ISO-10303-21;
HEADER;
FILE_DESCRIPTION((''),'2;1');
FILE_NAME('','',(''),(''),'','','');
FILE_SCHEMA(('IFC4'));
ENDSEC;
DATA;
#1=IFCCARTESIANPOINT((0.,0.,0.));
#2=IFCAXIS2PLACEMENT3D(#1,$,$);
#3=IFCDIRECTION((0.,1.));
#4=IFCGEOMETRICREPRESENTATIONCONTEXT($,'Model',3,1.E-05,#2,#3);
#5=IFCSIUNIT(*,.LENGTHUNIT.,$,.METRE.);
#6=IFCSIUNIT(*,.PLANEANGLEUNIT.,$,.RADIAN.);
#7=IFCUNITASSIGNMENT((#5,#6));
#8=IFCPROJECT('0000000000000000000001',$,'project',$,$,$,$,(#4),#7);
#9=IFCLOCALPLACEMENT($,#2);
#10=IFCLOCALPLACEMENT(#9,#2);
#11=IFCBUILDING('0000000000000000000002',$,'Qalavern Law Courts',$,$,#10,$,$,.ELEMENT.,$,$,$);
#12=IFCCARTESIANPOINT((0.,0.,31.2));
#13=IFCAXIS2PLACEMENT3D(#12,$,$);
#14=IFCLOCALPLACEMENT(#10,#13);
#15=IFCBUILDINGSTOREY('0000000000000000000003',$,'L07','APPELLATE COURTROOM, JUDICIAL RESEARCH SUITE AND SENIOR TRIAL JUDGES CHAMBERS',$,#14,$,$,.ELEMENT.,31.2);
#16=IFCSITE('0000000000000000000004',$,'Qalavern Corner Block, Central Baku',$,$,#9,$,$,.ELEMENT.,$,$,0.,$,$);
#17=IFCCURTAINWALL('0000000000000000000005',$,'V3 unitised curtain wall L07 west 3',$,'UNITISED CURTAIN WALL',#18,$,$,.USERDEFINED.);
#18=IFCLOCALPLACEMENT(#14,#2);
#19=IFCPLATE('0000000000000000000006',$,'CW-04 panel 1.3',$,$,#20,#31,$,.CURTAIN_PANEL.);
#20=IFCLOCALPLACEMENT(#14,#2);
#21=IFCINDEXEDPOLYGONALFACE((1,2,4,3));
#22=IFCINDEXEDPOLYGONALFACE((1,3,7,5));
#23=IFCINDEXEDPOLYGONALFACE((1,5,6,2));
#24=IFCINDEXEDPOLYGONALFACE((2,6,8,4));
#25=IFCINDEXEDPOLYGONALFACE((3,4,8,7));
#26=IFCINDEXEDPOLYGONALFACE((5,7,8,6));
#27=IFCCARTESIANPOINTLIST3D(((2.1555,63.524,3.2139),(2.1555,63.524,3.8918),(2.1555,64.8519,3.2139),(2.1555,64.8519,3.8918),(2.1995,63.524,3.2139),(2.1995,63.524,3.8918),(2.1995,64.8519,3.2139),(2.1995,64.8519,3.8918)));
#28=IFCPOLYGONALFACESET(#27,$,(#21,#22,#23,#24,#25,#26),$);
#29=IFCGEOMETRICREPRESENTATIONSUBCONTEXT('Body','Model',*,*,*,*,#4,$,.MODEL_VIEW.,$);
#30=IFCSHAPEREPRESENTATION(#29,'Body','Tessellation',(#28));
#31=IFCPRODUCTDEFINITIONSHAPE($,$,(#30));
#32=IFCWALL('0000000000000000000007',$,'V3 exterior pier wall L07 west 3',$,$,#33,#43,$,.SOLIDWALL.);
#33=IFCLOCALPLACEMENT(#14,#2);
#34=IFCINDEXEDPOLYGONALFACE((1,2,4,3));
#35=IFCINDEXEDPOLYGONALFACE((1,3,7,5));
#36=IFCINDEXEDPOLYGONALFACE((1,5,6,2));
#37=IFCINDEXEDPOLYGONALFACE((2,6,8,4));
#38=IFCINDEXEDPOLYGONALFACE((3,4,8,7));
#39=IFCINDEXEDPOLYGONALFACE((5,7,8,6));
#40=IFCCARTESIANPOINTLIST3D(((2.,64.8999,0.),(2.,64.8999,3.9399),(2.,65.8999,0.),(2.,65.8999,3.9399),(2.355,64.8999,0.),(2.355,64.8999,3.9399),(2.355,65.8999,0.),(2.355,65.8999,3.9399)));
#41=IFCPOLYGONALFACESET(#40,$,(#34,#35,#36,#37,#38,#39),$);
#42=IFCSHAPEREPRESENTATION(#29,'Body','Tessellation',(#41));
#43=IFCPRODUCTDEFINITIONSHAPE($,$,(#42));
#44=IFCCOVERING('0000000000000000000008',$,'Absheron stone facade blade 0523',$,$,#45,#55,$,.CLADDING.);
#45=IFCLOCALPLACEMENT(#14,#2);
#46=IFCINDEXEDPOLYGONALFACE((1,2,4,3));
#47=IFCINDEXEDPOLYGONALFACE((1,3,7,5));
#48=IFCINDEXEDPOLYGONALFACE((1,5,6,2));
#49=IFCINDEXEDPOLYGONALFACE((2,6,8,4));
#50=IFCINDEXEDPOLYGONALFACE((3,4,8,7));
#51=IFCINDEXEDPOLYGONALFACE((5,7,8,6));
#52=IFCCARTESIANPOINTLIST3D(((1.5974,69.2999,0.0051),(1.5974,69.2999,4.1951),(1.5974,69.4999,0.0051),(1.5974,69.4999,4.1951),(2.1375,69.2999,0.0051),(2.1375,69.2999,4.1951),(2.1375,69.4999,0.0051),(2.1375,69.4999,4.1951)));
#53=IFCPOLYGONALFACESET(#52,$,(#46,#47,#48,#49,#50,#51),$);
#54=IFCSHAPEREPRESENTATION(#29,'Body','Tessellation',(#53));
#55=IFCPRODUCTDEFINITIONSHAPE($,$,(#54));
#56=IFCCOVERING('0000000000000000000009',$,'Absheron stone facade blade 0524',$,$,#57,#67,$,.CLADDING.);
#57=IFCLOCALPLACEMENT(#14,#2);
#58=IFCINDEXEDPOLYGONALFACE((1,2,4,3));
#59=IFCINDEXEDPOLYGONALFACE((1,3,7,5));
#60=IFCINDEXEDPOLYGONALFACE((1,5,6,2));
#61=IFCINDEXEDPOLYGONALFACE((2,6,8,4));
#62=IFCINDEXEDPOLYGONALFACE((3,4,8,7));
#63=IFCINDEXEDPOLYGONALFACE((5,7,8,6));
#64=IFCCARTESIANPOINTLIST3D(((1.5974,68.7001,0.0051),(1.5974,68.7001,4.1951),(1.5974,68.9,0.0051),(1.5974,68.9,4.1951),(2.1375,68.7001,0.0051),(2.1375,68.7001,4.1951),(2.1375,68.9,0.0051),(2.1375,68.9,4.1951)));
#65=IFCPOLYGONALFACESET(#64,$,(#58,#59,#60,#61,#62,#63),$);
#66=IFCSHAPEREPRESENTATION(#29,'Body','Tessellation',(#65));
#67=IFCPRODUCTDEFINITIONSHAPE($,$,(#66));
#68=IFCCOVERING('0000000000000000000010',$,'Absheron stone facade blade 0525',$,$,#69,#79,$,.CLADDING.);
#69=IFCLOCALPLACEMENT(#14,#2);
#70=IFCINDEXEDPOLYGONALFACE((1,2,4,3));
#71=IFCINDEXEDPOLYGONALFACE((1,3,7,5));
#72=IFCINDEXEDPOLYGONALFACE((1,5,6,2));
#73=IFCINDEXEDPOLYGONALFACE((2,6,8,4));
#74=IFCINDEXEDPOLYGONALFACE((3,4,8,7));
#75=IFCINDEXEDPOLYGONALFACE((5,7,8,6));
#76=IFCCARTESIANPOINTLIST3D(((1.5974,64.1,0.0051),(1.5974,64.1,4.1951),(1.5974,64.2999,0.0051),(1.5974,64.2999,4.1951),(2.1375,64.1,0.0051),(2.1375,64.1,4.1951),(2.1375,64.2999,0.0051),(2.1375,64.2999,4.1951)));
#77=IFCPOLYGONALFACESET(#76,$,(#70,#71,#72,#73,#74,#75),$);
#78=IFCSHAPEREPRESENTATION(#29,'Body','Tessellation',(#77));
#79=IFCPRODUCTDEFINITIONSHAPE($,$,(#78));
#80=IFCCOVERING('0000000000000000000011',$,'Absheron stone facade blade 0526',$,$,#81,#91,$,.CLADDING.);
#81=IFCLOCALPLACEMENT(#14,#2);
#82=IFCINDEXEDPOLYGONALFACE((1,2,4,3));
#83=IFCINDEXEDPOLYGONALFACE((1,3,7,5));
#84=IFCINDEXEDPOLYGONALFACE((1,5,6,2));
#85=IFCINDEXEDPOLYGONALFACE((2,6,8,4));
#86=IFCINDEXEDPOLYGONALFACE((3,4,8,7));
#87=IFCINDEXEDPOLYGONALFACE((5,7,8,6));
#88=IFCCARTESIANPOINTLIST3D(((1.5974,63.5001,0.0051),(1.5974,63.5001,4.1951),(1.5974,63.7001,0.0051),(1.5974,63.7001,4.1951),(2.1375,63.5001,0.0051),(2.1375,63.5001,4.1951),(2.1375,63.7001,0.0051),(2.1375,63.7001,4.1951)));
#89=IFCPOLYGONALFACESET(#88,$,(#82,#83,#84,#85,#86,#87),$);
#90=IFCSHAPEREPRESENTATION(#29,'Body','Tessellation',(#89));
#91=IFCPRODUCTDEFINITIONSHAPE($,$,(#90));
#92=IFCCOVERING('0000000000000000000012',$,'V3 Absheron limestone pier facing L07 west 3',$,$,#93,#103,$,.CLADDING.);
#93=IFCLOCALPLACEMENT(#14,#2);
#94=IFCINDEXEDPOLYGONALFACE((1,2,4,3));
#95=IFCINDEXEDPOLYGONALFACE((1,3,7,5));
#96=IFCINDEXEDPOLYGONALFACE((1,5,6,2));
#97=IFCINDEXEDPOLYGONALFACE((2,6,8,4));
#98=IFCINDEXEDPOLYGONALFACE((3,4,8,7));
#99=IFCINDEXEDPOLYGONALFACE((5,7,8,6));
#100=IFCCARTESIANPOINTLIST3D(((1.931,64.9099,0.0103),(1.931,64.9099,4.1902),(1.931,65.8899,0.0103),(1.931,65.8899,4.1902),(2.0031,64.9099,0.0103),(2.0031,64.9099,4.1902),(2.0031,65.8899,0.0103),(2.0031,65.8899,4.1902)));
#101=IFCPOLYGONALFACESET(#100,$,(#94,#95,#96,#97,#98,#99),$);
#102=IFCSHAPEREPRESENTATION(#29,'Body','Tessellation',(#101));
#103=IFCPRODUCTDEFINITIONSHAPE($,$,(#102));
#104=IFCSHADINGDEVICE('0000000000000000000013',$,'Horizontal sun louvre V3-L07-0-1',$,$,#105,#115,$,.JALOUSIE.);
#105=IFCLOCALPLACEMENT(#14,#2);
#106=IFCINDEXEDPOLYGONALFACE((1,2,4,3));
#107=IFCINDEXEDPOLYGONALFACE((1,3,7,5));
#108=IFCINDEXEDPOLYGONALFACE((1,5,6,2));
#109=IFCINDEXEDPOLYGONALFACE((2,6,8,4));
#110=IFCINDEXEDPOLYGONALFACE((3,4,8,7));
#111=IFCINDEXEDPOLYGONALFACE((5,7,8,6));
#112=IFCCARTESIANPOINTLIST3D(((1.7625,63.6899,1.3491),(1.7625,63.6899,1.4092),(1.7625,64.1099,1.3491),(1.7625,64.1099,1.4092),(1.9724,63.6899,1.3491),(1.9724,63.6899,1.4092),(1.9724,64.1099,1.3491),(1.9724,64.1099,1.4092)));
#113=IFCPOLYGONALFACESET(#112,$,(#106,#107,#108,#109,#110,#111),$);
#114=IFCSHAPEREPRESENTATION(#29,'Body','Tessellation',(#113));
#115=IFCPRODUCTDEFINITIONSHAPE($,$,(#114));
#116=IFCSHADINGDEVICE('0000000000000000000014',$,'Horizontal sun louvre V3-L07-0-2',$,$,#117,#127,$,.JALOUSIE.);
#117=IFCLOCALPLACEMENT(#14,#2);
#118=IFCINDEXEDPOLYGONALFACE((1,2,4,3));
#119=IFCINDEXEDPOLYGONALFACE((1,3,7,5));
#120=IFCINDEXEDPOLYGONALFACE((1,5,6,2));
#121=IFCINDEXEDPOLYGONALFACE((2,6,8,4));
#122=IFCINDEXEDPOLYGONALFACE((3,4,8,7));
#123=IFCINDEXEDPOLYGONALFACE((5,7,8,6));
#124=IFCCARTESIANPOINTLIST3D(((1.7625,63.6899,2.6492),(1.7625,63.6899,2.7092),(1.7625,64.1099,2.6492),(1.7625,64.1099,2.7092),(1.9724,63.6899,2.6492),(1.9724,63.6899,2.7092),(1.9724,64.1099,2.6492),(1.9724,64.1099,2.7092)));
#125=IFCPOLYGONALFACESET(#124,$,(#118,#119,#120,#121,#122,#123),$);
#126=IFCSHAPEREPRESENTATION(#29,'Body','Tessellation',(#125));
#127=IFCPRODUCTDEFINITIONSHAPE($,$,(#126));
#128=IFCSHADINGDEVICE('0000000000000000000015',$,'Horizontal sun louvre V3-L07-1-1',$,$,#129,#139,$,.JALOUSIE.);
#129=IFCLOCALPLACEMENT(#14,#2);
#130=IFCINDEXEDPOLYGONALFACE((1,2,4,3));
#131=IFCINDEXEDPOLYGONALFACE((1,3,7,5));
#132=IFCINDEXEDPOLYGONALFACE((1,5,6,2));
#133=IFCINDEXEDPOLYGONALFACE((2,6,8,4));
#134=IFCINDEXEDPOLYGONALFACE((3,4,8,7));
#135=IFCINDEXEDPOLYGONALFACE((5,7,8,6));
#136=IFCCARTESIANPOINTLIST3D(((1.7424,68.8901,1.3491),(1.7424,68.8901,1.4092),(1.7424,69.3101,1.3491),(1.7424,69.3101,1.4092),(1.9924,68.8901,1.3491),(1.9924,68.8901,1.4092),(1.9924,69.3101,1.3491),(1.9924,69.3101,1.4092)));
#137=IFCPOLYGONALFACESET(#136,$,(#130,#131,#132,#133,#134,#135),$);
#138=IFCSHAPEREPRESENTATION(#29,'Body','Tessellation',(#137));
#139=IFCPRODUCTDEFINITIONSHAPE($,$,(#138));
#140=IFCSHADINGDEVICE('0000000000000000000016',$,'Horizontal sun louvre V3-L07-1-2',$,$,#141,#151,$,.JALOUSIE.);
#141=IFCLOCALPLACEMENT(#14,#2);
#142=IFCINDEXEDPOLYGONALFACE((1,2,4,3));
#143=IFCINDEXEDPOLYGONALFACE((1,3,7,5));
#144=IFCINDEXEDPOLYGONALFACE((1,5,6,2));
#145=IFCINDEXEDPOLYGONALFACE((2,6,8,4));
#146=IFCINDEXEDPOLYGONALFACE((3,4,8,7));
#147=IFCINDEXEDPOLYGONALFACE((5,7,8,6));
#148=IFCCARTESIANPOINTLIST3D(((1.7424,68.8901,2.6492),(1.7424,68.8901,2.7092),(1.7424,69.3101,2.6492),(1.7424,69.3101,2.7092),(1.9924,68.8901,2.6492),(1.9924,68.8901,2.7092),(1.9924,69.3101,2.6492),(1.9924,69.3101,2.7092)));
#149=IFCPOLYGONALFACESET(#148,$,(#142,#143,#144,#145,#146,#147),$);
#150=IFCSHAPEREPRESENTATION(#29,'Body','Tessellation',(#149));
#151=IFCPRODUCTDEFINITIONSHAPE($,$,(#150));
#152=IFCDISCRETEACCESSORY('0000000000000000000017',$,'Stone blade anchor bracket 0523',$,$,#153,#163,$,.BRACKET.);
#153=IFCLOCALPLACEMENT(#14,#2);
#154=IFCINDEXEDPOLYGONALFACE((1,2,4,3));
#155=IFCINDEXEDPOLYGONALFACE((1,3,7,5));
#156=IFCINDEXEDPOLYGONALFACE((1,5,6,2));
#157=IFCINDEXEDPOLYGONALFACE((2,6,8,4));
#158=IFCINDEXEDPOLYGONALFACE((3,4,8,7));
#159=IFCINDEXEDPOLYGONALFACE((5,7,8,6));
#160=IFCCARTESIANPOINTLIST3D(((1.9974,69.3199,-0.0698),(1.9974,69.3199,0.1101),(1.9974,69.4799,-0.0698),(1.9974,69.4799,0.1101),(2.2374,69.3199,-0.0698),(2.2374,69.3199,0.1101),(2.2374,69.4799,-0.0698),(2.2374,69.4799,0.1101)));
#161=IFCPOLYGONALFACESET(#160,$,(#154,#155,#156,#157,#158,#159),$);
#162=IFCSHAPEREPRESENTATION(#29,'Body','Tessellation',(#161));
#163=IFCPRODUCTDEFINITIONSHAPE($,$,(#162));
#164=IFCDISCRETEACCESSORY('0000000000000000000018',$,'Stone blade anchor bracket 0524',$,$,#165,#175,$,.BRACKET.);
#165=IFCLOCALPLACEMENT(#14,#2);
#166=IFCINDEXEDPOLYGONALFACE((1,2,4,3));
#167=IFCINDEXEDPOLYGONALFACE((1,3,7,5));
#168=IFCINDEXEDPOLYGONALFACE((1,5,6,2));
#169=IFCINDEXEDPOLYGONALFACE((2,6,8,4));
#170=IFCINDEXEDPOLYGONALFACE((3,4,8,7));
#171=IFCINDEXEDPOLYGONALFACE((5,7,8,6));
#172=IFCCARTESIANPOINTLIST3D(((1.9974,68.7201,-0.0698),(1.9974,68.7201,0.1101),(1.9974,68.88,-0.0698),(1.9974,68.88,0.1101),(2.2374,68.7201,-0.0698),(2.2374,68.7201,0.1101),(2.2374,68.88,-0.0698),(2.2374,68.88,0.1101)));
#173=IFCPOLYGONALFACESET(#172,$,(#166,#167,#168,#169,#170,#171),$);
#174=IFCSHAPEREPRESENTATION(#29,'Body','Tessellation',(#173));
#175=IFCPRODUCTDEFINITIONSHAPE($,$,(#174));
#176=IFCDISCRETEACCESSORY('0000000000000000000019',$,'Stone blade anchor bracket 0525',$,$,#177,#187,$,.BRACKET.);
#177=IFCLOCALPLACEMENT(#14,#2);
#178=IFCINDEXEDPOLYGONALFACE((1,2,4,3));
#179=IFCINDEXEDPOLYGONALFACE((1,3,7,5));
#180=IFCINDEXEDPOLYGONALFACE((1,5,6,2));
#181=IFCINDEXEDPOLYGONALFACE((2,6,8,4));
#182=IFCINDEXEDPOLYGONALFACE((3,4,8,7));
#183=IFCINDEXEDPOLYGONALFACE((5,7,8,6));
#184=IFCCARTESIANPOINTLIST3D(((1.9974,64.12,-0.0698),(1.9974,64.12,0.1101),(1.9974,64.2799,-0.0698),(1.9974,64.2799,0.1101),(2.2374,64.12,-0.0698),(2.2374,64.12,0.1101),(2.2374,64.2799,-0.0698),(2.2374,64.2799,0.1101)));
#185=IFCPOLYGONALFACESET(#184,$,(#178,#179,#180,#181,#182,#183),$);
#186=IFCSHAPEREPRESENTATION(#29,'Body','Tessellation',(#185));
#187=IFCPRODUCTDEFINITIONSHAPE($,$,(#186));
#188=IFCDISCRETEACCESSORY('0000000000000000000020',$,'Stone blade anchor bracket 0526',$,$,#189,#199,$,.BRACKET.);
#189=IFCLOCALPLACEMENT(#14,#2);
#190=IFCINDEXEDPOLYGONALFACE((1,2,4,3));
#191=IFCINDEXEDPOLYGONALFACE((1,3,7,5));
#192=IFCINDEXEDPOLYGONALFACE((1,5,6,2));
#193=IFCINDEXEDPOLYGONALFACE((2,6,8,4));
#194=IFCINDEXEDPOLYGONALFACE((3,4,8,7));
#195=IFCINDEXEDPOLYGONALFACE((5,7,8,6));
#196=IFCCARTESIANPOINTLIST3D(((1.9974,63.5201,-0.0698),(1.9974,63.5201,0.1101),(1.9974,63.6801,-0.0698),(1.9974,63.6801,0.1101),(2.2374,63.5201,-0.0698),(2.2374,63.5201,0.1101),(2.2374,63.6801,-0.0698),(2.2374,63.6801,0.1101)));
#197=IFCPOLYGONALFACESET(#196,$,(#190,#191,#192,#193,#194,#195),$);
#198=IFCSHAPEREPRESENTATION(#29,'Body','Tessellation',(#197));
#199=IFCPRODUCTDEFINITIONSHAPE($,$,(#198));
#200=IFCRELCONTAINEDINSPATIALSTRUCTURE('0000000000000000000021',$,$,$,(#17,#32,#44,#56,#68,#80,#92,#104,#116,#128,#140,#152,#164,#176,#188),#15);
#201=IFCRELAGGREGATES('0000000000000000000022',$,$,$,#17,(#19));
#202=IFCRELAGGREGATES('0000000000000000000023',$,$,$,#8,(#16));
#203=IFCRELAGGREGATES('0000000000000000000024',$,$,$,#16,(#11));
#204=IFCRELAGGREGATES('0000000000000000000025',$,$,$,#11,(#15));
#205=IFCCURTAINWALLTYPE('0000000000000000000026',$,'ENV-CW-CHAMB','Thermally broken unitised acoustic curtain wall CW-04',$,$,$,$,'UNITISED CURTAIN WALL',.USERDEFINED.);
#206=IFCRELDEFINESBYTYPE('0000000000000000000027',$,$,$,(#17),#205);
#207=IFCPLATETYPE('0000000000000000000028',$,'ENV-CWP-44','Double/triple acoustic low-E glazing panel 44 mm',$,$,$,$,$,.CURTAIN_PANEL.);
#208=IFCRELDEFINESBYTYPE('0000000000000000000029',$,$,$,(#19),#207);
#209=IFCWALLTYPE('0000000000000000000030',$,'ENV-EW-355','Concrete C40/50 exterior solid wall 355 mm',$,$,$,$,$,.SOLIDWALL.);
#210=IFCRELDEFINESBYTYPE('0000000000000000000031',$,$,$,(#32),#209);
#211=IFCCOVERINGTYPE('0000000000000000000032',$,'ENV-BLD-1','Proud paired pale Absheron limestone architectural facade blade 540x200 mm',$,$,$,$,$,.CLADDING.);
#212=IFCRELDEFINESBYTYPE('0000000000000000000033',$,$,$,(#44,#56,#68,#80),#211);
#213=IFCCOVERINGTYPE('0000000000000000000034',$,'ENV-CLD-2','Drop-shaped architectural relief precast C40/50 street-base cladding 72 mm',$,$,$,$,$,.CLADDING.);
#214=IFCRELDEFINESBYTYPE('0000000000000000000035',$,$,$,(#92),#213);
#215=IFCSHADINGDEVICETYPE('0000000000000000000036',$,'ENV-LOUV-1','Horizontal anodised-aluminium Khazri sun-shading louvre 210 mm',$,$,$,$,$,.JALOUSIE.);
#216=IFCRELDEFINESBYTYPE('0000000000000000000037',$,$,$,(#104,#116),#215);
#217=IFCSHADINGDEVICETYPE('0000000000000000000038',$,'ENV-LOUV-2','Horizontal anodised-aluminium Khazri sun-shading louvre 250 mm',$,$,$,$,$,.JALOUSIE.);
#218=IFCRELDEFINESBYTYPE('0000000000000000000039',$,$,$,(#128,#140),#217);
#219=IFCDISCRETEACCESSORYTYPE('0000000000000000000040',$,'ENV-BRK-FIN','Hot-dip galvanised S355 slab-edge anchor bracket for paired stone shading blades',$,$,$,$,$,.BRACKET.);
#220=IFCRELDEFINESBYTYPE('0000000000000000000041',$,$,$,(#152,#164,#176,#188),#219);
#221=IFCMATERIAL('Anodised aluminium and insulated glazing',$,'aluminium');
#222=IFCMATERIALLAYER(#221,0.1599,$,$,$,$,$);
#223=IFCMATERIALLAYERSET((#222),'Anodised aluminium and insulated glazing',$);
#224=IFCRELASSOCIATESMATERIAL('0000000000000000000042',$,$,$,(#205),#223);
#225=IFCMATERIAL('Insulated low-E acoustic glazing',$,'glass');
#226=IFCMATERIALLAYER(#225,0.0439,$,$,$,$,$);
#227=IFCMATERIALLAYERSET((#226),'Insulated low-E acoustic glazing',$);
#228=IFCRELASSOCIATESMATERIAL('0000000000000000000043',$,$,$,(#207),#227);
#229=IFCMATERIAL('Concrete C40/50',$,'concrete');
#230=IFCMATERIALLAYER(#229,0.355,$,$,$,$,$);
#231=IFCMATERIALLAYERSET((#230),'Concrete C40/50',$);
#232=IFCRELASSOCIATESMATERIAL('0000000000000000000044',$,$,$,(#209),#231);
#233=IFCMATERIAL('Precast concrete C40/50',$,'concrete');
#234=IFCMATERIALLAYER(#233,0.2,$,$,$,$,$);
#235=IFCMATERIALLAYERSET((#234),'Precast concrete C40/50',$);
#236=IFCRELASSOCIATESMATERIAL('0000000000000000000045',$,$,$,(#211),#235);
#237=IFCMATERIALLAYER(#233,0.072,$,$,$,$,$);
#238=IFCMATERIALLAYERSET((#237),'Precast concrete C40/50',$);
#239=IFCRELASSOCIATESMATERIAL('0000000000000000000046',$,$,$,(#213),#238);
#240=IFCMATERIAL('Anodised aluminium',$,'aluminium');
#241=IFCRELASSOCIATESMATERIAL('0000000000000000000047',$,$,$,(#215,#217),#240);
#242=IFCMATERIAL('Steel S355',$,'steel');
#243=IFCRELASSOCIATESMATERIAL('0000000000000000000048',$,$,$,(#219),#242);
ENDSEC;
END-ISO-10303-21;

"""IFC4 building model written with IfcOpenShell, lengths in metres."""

from ifc_helpers import new_model, si_unit, direction, frame, frame_2d, origin, origin_2d, place, context, subcontext, project, spatial, rectangle, extrude, material, layer, layer_set, type_object, element, aggregate, save


model = new_model("IFC4")

# Units and contexts
model_context = context("Model", 3, precision=1e-05, world=origin(), true_north=direction((0.0, 1.0)))
body_context = subcontext(model_context, "Body", "Model", "MODEL_VIEW")
ifc_project = project(units=[si_unit("LENGTHUNIT", "METRE"), si_unit("PLANEANGLEUNIT", "RADIAN")], contexts=[model_context])

# Site, building, storey
site_placement = place(None, origin())
site = spatial("IfcSite", under=ifc_project, at=site_placement, Name="Qalavern Corner Block, Central Baku", CompositionType="ELEMENT", RefElevation=0.0)
building_placement = place(site_placement, origin())
building = spatial("IfcBuilding", under=site, at=building_placement, Name="Qalavern Law Courts", CompositionType="ELEMENT")
storey_placement = place(building_placement, frame((0.0, 0.0, 31.2)))
storey = spatial("IfcBuildingStorey", under=building, at=storey_placement, Name="L07", Description="APPELLATE COURTROOM, JUDICIAL RESEARCH SUITE AND SENIOR TRIAL JUDGES CHAMBERS", CompositionType="ELEMENT", Elevation=31.2)

# Shared definitions
ifc_material_1 = material(Name="Anodised aluminium and insulated glazing", Category="aluminium")
ifc_layer_1 = layer(ifc_material_1, 0.1599)
ifc_layer_set_1 = layer_set([ifc_layer_1], Name="Anodised aluminium and insulated glazing")
curtain_wall_type = type_object("IfcCurtainWallType", Name="ENV-CW-CHAMB", Description="Thermally broken unitised acoustic curtain wall CW-04", ElementType="UNITISED CURTAIN WALL", PredefinedType="USERDEFINED", material=ifc_layer_set_1)
ifc_material_2 = material(Name="Anodised aluminium", Category="aluminium")

# Curtain wall
curtain_wall_1_placement = place(storey_placement, origin())
curtain_wall_1 = element("IfcCurtainWall", 1, at=curtain_wall_1_placement, inside=storey, type_object=curtain_wall_type, Name="V3 unitised curtain wall L07 west 3", ObjectType="UNITISED CURTAIN WALL", PredefinedType="USERDEFINED")

# Plate
ifc_material_3 = material(Name="Insulated low-E acoustic glazing", Category="glass")
ifc_layer_2 = layer(ifc_material_3, 0.0439)
ifc_layer_set_2 = layer_set([ifc_layer_2], Name="Insulated low-E acoustic glazing")
plate_type_1 = type_object("IfcPlateType", Name="ENV-CWP-44", Description="Double/triple acoustic low-E glazing panel 44 mm", PredefinedType="CURTAIN_PANEL", material=ifc_layer_set_2)
plate_1_placement = place(storey_placement, frame((2.1775, 64.188, 3.2139), z_axis=(0.0, 0.0, 1.0), x_axis=(0.0, -1.0, 0.0)))
plate_1 = element("IfcPlate", 2, at=plate_1_placement, type_object=plate_type_1, Name="CW-04 panel 1.3", PredefinedType="CURTAIN_PANEL", context=body_context, shape_type="SweptSolid", body=[
    extrude(rectangle(XDim=1.3279, YDim=0.0439, at=origin_2d()), origin(), (0.0, 0.0, 1.0), 0.678),
])
aggregate(curtain_wall_1, [plate_1])

# Wall
ifc_material_4 = material(Name="Concrete C40/50", Category="concrete")
ifc_layer_3 = layer(ifc_material_4, 0.355)
ifc_layer_set_3 = layer_set([ifc_layer_3], Name="Concrete C40/50")
wall_type = type_object("IfcWallType", Name="ENV-EW-355", Description="Concrete C40/50 exterior solid wall 355 mm", PredefinedType="SOLIDWALL", material=ifc_layer_set_3)
wall_placement = place(storey_placement, frame((2.1775, 65.8999, 0.0), z_axis=(0.0, 0.0, 1.0), x_axis=(0.0, -1.0, 0.0)))
element("IfcWall", 3, at=wall_placement, inside=storey, type_object=wall_type, Name="V3 exterior pier wall L07 west 3", PredefinedType="SOLIDWALL", context=body_context, shape_type="SweptSolid", body=[
    extrude(rectangle(XDim=1.0, YDim=0.355, at=frame_2d((0.5, 0.0))), origin(), (0.0, 0.0, 1.0), 3.9399),
])

# Coverings
ifc_material_5 = material(Name="Precast concrete C40/50", Category="concrete")
ifc_layer_4 = layer(ifc_material_5, 0.2)
ifc_layer_set_4 = layer_set([ifc_layer_4], Name="Precast concrete C40/50")
covering_type_1 = type_object("IfcCoveringType", Name="ENV-BLD-1", Description="Proud paired pale Absheron limestone architectural facade blade 540x200 mm", PredefinedType="CLADDING", material=ifc_layer_set_4)
for number, where, z_axis, x_axis, name in (
    (4, (1.8674, 69.3999, 0.0051), (0.0, 0.0, 1.0), (-1.0, 0.0, 0.0), "Absheron stone facade blade 0523"),
    (5, (1.8674, 68.8, 0.0051), (0.0, 0.0, 1.0), (-1.0, 0.0, 0.0), "Absheron stone facade blade 0524"),
    (6, (1.8674, 64.2, 0.0051), (0.0, 0.0, 1.0), (-1.0, 0.0, 0.0), "Absheron stone facade blade 0525"),
    (7, (1.8674, 63.6001, 0.0051), (0.0, 0.0, 1.0), (-1.0, 0.0, 0.0), "Absheron stone facade blade 0526"),
):
    element("IfcCovering", number, at=place(storey_placement, frame(where, z_axis=z_axis, x_axis=x_axis)), inside=storey, type_object=covering_type_1, Name=name, PredefinedType="CLADDING", context=body_context, shape_type="SweptSolid", body=[
        extrude(rectangle(XDim=0.54, YDim=0.2, at=origin_2d()), origin(), (0.0, 0.0, 1.0), 4.1899),
    ])
ifc_layer_5 = layer(ifc_material_5, 0.072)
ifc_layer_set_5 = layer_set([ifc_layer_5], Name="Precast concrete C40/50")
covering_type_2 = type_object("IfcCoveringType", Name="ENV-CLD-2", Description="Drop-shaped architectural relief precast C40/50 street-base cladding 72 mm", PredefinedType="CLADDING", material=ifc_layer_set_5)
covering_placement = place(storey_placement, frame((1.967, 65.3999, 0.0103), z_axis=(0.0, 0.0, 1.0), x_axis=(0.0, -1.0, 0.0)))
element("IfcCovering", 8, at=covering_placement, inside=storey, type_object=covering_type_2, Name="V3 Absheron limestone pier facing L07 west 3", PredefinedType="CLADDING", context=body_context, shape_type="SweptSolid", body=[
    extrude(rectangle(XDim=0.98, YDim=0.072, at=origin_2d()), origin(), (0.0, 0.0, 1.0), 4.1799),
])

# Shading devices
shading_device_type_1 = type_object("IfcShadingDeviceType", Name="ENV-LOUV-1", Description="Horizontal anodised-aluminium Khazri sun-shading louvre 210 mm", PredefinedType="JALOUSIE", material=ifc_material_2)
for number, where, z_axis, x_axis, name in (
    (9, (1.8674, 63.8999, 1.3491), (0.0, 0.0, 1.0), (0.0, -1.0, 0.0), "Horizontal sun louvre V3-L07-0-1"),
    (10, (1.8674, 63.8999, 2.6492), (0.0, 0.0, 1.0), (0.0, -1.0, 0.0), "Horizontal sun louvre V3-L07-0-2"),
):
    element("IfcShadingDevice", number, at=place(storey_placement, frame(where, z_axis=z_axis, x_axis=x_axis)), inside=storey, type_object=shading_device_type_1, Name=name, PredefinedType="JALOUSIE", context=body_context, shape_type="SweptSolid", body=[
        extrude(rectangle(XDim=0.4199, YDim=0.21, at=origin_2d()), origin(), (0.0, 0.0, 1.0), 0.0601),
    ])
shading_device_type_2 = type_object("IfcShadingDeviceType", Name="ENV-LOUV-2", Description="Horizontal anodised-aluminium Khazri sun-shading louvre 250 mm", PredefinedType="JALOUSIE", material=ifc_material_2)
for number, where, z_axis, x_axis, name in (
    (11, (1.8674, 69.1001, 1.3491), (0.0, 0.0, 1.0), (0.0, -1.0, 0.0), "Horizontal sun louvre V3-L07-1-1"),
    (12, (1.8674, 69.1001, 2.6492), (0.0, 0.0, 1.0), (0.0, -1.0, 0.0), "Horizontal sun louvre V3-L07-1-2"),
):
    element("IfcShadingDevice", number, at=place(storey_placement, frame(where, z_axis=z_axis, x_axis=x_axis)), inside=storey, type_object=shading_device_type_2, Name=name, PredefinedType="JALOUSIE", context=body_context, shape_type="SweptSolid", body=[
        extrude(rectangle(XDim=0.4199, YDim=0.25, at=origin_2d()), origin(), (0.0, 0.0, 1.0), 0.0601),
    ])

# Discrete accessories
ifc_material_6 = material(Name="Steel S355", Category="steel")
discrete_accessory_type = type_object("IfcDiscreteAccessoryType", Name="ENV-BRK-FIN", Description="Hot-dip galvanised S355 slab-edge anchor bracket for paired stone shading blades", PredefinedType="BRACKET", material=ifc_material_6)
for number, where, z_axis, x_axis, name in (
    (13, (2.1174, 69.3999, -0.0698), (0.0, 0.0, 1.0), (-1.0, 0.0, 0.0), "Stone blade anchor bracket 0523"),
    (14, (2.1174, 68.8, -0.0698), (0.0, 0.0, 1.0), (-1.0, 0.0, 0.0), "Stone blade anchor bracket 0524"),
    (15, (2.1174, 64.2, -0.0698), (0.0, 0.0, 1.0), (-1.0, 0.0, 0.0), "Stone blade anchor bracket 0525"),
    (16, (2.1174, 63.6001, -0.0698), (0.0, 0.0, 1.0), (-1.0, 0.0, 0.0), "Stone blade anchor bracket 0526"),
):
    element("IfcDiscreteAccessory", number, at=place(storey_placement, frame(where, z_axis=z_axis, x_axis=x_axis)), inside=storey, type_object=discrete_accessory_type, Name=name, PredefinedType="BRACKET", context=body_context, shape_type="SweptSolid", body=[
        extrude(rectangle(XDim=0.24, YDim=0.1599, at=origin_2d()), origin(), (0.0, 0.0, 1.0), 0.1799),
    ])

save(model, "model.ifc")
